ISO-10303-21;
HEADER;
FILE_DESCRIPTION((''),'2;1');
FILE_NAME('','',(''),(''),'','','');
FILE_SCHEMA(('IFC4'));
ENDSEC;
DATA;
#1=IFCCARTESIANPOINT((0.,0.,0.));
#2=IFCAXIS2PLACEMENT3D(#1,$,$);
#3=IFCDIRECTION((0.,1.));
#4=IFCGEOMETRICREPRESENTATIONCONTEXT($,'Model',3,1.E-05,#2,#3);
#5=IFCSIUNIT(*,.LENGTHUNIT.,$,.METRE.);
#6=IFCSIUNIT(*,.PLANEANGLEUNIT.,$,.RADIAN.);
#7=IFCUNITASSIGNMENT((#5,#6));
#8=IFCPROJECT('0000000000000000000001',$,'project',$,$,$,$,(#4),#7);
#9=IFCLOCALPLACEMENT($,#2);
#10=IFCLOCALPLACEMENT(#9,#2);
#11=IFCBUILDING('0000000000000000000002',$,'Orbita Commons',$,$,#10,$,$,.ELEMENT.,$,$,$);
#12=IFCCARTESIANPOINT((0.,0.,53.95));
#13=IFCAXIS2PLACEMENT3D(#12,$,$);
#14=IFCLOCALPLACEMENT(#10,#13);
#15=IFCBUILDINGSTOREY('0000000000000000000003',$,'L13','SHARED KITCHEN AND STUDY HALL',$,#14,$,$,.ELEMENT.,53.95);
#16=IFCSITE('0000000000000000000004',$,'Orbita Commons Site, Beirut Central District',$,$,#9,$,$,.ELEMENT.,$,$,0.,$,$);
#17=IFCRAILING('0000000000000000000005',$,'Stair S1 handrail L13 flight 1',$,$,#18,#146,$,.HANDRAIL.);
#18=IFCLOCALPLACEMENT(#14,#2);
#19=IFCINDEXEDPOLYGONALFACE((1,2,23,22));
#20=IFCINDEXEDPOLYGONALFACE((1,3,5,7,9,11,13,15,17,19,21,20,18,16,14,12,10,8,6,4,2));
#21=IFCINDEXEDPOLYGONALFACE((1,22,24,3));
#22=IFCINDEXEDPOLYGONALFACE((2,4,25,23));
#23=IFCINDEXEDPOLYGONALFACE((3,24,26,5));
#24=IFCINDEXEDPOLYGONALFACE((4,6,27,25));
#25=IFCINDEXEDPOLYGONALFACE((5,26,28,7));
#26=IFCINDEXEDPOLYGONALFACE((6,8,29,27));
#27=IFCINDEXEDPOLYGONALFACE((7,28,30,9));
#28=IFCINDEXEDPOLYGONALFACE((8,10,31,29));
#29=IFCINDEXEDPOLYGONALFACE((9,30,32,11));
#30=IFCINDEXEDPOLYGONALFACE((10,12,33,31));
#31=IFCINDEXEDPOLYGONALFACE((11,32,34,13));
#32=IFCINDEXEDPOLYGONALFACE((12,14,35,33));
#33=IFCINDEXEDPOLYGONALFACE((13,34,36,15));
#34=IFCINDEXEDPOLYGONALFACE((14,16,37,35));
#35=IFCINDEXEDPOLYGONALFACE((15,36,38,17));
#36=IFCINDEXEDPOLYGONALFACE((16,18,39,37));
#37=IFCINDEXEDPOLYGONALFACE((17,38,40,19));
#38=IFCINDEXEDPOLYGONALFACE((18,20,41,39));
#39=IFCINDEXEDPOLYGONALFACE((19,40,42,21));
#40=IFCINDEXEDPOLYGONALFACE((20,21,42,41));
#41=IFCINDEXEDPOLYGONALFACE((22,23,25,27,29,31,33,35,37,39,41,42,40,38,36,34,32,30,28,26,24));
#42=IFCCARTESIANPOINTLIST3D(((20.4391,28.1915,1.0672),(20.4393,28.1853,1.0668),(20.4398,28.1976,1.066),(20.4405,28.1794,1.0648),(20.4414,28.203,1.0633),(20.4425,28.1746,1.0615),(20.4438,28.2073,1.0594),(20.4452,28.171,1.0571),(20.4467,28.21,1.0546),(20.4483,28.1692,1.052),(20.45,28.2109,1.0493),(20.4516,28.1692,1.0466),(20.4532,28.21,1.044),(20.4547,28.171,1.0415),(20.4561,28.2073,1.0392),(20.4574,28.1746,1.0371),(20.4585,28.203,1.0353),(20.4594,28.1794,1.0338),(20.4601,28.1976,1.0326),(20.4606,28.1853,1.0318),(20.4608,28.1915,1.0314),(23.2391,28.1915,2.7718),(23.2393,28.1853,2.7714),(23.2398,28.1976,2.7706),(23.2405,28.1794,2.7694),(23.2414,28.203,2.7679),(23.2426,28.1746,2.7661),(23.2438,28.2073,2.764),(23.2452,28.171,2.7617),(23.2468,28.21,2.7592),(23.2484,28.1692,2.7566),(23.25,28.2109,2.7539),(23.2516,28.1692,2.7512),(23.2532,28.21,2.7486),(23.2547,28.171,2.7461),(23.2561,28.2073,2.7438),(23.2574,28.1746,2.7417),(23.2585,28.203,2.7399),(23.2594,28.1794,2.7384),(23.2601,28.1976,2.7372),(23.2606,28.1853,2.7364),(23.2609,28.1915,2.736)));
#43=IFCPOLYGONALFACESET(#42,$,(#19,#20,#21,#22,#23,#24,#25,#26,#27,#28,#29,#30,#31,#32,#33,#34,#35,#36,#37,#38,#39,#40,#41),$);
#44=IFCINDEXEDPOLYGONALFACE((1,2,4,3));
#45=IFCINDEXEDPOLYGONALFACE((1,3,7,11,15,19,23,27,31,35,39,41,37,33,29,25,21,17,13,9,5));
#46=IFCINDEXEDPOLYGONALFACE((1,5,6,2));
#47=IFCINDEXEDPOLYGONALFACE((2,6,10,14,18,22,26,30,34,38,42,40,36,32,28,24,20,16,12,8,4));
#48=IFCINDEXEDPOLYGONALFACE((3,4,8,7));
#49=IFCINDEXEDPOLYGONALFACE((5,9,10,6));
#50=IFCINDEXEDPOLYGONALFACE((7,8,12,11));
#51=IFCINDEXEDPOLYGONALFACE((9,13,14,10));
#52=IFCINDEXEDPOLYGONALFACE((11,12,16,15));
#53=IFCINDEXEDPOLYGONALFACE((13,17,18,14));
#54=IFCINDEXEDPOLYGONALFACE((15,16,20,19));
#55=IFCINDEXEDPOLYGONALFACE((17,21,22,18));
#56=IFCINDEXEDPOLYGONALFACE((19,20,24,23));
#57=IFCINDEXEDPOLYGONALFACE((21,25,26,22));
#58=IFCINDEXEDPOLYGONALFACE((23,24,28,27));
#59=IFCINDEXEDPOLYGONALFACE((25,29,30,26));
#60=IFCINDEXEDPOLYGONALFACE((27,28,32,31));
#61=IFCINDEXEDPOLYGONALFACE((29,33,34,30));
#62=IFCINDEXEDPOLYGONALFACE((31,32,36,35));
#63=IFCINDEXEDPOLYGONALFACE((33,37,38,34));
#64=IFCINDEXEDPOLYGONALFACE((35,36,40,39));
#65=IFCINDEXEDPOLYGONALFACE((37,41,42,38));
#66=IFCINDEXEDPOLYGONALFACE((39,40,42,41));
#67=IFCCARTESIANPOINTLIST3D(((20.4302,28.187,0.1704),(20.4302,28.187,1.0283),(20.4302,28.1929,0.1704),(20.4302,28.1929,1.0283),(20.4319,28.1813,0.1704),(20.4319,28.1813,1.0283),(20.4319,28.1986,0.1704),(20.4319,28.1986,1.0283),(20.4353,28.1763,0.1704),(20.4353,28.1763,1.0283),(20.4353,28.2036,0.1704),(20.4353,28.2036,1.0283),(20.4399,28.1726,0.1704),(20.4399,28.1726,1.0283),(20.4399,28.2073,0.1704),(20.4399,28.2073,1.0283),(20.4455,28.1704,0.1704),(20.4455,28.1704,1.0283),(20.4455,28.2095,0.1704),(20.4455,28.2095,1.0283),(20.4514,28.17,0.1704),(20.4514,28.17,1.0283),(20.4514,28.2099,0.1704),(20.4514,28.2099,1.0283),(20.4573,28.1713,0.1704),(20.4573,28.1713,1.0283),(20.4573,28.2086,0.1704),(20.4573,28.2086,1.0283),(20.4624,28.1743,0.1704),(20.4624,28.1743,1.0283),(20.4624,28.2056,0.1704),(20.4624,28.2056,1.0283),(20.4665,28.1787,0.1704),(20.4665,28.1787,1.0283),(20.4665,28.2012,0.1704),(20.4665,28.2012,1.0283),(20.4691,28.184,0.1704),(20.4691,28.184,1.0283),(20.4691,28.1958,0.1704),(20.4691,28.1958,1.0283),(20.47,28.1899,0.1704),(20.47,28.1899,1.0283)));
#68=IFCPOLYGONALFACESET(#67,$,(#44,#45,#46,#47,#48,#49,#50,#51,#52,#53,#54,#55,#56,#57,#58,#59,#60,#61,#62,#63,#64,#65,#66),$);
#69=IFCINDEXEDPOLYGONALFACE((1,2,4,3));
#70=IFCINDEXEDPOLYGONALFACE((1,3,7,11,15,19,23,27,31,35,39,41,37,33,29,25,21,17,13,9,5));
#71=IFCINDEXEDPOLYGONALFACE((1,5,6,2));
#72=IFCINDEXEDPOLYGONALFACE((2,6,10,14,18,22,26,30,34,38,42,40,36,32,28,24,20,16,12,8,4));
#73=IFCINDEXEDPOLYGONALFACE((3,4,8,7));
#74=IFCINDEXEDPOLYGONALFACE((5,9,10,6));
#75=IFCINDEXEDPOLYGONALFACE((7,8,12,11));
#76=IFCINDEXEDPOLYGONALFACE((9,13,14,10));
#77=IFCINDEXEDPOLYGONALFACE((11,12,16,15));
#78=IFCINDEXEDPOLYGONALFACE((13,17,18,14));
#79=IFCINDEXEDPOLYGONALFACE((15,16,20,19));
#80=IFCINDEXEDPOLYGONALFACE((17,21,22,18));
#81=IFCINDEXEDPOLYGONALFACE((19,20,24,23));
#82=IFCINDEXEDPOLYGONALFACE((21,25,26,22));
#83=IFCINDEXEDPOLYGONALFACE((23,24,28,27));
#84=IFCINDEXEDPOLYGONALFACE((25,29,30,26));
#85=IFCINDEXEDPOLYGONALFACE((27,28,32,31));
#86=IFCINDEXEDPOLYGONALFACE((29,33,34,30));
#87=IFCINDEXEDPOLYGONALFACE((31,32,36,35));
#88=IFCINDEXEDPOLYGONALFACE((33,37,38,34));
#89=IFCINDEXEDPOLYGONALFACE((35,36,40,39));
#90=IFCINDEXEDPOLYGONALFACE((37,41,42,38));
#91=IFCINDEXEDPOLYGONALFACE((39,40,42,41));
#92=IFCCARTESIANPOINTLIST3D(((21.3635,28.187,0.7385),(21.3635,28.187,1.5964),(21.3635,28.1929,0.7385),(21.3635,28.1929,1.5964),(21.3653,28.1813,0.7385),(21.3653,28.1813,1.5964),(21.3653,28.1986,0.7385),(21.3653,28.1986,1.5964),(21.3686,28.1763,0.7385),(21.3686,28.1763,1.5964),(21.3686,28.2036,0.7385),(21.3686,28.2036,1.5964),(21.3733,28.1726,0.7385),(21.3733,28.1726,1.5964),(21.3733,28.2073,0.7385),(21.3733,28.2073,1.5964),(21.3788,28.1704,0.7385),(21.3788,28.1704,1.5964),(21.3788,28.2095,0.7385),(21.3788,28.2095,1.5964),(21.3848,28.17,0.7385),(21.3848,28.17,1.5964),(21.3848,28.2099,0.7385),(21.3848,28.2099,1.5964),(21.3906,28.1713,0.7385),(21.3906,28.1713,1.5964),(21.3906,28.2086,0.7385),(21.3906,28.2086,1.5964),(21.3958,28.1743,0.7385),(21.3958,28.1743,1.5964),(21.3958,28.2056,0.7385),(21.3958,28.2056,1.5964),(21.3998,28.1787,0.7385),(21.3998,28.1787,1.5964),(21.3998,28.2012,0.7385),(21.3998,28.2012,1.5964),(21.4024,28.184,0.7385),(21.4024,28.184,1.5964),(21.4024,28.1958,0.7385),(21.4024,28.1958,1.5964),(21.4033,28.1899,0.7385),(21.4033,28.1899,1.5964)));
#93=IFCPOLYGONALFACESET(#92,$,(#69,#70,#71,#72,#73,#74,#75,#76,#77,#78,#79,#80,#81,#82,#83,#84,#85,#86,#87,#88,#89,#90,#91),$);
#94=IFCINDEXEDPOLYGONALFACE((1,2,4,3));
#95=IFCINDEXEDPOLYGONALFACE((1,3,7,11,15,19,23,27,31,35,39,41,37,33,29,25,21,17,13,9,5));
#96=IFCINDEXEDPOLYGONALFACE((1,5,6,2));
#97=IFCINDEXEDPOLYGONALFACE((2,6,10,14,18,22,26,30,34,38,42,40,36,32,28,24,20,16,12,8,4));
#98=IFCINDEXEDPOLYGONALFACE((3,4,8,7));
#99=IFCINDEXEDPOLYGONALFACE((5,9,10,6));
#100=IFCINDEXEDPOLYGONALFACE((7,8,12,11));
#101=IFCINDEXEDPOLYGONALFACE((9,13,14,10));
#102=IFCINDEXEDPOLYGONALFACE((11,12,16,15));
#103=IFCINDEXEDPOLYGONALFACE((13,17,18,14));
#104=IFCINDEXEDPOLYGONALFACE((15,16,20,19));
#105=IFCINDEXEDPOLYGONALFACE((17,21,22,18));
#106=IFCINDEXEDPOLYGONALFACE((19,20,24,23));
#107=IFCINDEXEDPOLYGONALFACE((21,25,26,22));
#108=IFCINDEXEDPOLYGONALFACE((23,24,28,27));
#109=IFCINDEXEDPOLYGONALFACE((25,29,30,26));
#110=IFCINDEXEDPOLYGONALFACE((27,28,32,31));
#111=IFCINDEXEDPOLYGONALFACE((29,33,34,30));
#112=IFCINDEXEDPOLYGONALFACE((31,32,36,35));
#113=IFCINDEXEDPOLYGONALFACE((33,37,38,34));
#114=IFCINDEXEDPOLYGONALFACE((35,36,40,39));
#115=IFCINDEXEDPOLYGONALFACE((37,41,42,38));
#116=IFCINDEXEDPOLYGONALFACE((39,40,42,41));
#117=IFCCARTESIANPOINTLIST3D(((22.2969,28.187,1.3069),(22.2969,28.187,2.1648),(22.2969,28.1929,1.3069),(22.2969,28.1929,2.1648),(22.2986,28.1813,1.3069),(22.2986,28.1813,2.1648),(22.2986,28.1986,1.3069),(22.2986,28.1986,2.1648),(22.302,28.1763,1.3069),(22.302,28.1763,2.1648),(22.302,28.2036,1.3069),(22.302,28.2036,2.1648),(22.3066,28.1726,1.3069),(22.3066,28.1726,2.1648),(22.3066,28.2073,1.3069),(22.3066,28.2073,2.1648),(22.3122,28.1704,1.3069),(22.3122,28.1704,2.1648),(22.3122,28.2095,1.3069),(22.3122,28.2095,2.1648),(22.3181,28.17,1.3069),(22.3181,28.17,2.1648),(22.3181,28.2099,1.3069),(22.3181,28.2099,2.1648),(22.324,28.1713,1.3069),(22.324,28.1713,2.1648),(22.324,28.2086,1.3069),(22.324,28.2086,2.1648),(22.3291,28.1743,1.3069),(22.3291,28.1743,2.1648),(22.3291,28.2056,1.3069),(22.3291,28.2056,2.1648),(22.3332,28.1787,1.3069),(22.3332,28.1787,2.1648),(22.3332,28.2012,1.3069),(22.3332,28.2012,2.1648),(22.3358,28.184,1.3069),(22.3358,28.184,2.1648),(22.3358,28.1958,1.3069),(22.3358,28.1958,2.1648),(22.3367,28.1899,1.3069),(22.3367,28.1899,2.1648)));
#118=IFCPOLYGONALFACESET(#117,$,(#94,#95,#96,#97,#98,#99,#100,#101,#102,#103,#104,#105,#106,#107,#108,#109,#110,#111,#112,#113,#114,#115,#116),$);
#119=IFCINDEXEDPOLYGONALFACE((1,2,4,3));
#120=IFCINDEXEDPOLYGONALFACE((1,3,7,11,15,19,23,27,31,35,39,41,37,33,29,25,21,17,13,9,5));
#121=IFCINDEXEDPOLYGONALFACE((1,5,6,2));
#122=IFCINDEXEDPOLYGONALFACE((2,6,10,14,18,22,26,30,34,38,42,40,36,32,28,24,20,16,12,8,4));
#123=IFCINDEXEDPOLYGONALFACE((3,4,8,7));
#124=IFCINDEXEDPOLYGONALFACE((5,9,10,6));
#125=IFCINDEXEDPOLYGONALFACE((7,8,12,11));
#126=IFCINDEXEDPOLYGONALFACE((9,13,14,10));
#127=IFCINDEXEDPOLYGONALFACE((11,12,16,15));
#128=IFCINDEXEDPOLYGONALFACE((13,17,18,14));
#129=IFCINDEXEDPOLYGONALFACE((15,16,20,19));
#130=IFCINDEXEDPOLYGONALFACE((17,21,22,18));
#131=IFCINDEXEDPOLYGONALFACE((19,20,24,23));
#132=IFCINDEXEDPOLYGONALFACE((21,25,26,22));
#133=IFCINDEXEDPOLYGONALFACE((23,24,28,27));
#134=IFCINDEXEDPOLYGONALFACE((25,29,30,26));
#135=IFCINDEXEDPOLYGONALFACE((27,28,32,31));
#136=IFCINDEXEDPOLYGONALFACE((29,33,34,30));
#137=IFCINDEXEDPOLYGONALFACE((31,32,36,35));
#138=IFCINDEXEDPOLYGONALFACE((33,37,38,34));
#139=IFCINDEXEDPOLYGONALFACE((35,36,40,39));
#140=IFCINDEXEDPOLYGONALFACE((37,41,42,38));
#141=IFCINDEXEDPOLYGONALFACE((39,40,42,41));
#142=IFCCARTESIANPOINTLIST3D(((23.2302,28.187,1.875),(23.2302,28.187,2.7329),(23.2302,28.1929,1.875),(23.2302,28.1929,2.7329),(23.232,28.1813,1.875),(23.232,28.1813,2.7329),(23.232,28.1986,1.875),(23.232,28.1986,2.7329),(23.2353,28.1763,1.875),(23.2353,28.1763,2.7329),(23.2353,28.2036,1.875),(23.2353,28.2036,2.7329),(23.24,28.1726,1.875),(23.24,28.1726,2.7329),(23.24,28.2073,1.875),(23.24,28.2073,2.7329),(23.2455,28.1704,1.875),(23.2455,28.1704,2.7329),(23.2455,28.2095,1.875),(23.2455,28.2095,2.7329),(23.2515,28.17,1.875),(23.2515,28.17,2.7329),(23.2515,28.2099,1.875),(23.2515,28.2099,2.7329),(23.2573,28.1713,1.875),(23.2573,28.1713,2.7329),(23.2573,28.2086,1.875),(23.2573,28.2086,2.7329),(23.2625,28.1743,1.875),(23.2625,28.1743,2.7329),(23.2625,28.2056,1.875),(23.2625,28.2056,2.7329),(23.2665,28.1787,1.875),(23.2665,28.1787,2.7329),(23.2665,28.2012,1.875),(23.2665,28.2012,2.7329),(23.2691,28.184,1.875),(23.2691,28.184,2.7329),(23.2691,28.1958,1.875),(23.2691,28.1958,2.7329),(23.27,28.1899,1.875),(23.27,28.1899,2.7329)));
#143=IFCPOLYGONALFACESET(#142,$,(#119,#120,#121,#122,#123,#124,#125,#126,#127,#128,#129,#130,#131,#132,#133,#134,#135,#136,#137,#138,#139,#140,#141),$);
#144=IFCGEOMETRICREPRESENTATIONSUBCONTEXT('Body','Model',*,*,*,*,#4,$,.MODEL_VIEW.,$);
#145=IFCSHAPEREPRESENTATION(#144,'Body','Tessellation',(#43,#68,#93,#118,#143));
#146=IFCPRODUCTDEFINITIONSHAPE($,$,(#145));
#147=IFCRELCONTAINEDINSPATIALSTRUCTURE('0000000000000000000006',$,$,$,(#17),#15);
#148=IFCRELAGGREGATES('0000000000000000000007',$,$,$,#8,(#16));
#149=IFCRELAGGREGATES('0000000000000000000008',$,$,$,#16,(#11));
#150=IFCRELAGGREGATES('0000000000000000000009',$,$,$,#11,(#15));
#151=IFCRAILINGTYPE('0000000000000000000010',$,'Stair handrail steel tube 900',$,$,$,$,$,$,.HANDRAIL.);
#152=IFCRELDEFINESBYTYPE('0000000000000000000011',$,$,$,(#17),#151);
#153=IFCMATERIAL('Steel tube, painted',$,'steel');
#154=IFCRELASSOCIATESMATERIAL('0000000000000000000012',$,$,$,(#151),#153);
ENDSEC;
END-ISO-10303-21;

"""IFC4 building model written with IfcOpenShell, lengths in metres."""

from ifc_helpers import new_model, si_unit, direction, frame, origin, origin_2d, place, context, subcontext, project, spatial, circle, extrude, material, type_object, element, save


model = new_model("IFC4")

# Units and contexts
model_context = context("Model", 3, precision=1e-05, world=origin(), true_north=direction((0.0, 1.0)))
body_context = subcontext(model_context, "Body", "Model", "MODEL_VIEW")
ifc_project = project(units=[si_unit("LENGTHUNIT", "METRE"), si_unit("PLANEANGLEUNIT", "RADIAN")], contexts=[model_context])

# Site, building, storey
site_placement = place(None, origin())
site = spatial("IfcSite", under=ifc_project, at=site_placement, Name="Orbita Commons Site, Beirut Central District", CompositionType="ELEMENT", RefElevation=0.0)
building_placement = place(site_placement, origin())
building = spatial("IfcBuilding", under=site, at=building_placement, Name="Orbita Commons", CompositionType="ELEMENT")
storey_placement = place(building_placement, frame((0.0, 0.0, 53.95)))
storey = spatial("IfcBuildingStorey", under=building, at=storey_placement, Name="L13", Description="SHARED KITCHEN AND STUDY HALL", CompositionType="ELEMENT", Elevation=53.95)

# Railing
ifc_material_1 = material(Name="Steel tube, painted", Category="steel")
railing_type = type_object("IfcRailingType", Name="Stair handrail steel tube 900", PredefinedType="HANDRAIL", material=ifc_material_1)
for number, where, name in (
    (1, (20.45, 28.1899, 0.1704), "Stair S1 handrail L13 flight 1"),
):
    element("IfcRailing", number, at=place(storey_placement, frame(where)), inside=storey, type_object=railing_type, Name=name, PredefinedType="HANDRAIL", context=body_context, shape_type="SweptSolid", body=[
        extrude(circle(Radius=0.021, at=origin_2d()), frame((0.0, 0.0, 0.8789), z_axis=(0.85417, 0.0, 0.519994), x_axis=(0.0, 1.0, 0.0)), (0.0, 0.0, 1.0), 3.2781),
        extrude(circle(Radius=0.02, at=origin_2d()), origin(), (0.0, 0.0, 1.0), 0.8579),
        extrude(circle(Radius=0.02, at=origin_2d()), frame((0.9333, 0.0, 0.5681)), (0.0, 0.0, 1.0), 0.8579),
        extrude(circle(Radius=0.02, at=origin_2d()), frame((1.8667, 0.0, 1.1365)), (0.0, 0.0, 1.0), 0.8579),
        extrude(circle(Radius=0.02, at=origin_2d()), frame((2.8, 0.0, 1.7046)), (0.0, 0.0, 1.0), 0.8579),
    ])

save(model, "model.ifc")
